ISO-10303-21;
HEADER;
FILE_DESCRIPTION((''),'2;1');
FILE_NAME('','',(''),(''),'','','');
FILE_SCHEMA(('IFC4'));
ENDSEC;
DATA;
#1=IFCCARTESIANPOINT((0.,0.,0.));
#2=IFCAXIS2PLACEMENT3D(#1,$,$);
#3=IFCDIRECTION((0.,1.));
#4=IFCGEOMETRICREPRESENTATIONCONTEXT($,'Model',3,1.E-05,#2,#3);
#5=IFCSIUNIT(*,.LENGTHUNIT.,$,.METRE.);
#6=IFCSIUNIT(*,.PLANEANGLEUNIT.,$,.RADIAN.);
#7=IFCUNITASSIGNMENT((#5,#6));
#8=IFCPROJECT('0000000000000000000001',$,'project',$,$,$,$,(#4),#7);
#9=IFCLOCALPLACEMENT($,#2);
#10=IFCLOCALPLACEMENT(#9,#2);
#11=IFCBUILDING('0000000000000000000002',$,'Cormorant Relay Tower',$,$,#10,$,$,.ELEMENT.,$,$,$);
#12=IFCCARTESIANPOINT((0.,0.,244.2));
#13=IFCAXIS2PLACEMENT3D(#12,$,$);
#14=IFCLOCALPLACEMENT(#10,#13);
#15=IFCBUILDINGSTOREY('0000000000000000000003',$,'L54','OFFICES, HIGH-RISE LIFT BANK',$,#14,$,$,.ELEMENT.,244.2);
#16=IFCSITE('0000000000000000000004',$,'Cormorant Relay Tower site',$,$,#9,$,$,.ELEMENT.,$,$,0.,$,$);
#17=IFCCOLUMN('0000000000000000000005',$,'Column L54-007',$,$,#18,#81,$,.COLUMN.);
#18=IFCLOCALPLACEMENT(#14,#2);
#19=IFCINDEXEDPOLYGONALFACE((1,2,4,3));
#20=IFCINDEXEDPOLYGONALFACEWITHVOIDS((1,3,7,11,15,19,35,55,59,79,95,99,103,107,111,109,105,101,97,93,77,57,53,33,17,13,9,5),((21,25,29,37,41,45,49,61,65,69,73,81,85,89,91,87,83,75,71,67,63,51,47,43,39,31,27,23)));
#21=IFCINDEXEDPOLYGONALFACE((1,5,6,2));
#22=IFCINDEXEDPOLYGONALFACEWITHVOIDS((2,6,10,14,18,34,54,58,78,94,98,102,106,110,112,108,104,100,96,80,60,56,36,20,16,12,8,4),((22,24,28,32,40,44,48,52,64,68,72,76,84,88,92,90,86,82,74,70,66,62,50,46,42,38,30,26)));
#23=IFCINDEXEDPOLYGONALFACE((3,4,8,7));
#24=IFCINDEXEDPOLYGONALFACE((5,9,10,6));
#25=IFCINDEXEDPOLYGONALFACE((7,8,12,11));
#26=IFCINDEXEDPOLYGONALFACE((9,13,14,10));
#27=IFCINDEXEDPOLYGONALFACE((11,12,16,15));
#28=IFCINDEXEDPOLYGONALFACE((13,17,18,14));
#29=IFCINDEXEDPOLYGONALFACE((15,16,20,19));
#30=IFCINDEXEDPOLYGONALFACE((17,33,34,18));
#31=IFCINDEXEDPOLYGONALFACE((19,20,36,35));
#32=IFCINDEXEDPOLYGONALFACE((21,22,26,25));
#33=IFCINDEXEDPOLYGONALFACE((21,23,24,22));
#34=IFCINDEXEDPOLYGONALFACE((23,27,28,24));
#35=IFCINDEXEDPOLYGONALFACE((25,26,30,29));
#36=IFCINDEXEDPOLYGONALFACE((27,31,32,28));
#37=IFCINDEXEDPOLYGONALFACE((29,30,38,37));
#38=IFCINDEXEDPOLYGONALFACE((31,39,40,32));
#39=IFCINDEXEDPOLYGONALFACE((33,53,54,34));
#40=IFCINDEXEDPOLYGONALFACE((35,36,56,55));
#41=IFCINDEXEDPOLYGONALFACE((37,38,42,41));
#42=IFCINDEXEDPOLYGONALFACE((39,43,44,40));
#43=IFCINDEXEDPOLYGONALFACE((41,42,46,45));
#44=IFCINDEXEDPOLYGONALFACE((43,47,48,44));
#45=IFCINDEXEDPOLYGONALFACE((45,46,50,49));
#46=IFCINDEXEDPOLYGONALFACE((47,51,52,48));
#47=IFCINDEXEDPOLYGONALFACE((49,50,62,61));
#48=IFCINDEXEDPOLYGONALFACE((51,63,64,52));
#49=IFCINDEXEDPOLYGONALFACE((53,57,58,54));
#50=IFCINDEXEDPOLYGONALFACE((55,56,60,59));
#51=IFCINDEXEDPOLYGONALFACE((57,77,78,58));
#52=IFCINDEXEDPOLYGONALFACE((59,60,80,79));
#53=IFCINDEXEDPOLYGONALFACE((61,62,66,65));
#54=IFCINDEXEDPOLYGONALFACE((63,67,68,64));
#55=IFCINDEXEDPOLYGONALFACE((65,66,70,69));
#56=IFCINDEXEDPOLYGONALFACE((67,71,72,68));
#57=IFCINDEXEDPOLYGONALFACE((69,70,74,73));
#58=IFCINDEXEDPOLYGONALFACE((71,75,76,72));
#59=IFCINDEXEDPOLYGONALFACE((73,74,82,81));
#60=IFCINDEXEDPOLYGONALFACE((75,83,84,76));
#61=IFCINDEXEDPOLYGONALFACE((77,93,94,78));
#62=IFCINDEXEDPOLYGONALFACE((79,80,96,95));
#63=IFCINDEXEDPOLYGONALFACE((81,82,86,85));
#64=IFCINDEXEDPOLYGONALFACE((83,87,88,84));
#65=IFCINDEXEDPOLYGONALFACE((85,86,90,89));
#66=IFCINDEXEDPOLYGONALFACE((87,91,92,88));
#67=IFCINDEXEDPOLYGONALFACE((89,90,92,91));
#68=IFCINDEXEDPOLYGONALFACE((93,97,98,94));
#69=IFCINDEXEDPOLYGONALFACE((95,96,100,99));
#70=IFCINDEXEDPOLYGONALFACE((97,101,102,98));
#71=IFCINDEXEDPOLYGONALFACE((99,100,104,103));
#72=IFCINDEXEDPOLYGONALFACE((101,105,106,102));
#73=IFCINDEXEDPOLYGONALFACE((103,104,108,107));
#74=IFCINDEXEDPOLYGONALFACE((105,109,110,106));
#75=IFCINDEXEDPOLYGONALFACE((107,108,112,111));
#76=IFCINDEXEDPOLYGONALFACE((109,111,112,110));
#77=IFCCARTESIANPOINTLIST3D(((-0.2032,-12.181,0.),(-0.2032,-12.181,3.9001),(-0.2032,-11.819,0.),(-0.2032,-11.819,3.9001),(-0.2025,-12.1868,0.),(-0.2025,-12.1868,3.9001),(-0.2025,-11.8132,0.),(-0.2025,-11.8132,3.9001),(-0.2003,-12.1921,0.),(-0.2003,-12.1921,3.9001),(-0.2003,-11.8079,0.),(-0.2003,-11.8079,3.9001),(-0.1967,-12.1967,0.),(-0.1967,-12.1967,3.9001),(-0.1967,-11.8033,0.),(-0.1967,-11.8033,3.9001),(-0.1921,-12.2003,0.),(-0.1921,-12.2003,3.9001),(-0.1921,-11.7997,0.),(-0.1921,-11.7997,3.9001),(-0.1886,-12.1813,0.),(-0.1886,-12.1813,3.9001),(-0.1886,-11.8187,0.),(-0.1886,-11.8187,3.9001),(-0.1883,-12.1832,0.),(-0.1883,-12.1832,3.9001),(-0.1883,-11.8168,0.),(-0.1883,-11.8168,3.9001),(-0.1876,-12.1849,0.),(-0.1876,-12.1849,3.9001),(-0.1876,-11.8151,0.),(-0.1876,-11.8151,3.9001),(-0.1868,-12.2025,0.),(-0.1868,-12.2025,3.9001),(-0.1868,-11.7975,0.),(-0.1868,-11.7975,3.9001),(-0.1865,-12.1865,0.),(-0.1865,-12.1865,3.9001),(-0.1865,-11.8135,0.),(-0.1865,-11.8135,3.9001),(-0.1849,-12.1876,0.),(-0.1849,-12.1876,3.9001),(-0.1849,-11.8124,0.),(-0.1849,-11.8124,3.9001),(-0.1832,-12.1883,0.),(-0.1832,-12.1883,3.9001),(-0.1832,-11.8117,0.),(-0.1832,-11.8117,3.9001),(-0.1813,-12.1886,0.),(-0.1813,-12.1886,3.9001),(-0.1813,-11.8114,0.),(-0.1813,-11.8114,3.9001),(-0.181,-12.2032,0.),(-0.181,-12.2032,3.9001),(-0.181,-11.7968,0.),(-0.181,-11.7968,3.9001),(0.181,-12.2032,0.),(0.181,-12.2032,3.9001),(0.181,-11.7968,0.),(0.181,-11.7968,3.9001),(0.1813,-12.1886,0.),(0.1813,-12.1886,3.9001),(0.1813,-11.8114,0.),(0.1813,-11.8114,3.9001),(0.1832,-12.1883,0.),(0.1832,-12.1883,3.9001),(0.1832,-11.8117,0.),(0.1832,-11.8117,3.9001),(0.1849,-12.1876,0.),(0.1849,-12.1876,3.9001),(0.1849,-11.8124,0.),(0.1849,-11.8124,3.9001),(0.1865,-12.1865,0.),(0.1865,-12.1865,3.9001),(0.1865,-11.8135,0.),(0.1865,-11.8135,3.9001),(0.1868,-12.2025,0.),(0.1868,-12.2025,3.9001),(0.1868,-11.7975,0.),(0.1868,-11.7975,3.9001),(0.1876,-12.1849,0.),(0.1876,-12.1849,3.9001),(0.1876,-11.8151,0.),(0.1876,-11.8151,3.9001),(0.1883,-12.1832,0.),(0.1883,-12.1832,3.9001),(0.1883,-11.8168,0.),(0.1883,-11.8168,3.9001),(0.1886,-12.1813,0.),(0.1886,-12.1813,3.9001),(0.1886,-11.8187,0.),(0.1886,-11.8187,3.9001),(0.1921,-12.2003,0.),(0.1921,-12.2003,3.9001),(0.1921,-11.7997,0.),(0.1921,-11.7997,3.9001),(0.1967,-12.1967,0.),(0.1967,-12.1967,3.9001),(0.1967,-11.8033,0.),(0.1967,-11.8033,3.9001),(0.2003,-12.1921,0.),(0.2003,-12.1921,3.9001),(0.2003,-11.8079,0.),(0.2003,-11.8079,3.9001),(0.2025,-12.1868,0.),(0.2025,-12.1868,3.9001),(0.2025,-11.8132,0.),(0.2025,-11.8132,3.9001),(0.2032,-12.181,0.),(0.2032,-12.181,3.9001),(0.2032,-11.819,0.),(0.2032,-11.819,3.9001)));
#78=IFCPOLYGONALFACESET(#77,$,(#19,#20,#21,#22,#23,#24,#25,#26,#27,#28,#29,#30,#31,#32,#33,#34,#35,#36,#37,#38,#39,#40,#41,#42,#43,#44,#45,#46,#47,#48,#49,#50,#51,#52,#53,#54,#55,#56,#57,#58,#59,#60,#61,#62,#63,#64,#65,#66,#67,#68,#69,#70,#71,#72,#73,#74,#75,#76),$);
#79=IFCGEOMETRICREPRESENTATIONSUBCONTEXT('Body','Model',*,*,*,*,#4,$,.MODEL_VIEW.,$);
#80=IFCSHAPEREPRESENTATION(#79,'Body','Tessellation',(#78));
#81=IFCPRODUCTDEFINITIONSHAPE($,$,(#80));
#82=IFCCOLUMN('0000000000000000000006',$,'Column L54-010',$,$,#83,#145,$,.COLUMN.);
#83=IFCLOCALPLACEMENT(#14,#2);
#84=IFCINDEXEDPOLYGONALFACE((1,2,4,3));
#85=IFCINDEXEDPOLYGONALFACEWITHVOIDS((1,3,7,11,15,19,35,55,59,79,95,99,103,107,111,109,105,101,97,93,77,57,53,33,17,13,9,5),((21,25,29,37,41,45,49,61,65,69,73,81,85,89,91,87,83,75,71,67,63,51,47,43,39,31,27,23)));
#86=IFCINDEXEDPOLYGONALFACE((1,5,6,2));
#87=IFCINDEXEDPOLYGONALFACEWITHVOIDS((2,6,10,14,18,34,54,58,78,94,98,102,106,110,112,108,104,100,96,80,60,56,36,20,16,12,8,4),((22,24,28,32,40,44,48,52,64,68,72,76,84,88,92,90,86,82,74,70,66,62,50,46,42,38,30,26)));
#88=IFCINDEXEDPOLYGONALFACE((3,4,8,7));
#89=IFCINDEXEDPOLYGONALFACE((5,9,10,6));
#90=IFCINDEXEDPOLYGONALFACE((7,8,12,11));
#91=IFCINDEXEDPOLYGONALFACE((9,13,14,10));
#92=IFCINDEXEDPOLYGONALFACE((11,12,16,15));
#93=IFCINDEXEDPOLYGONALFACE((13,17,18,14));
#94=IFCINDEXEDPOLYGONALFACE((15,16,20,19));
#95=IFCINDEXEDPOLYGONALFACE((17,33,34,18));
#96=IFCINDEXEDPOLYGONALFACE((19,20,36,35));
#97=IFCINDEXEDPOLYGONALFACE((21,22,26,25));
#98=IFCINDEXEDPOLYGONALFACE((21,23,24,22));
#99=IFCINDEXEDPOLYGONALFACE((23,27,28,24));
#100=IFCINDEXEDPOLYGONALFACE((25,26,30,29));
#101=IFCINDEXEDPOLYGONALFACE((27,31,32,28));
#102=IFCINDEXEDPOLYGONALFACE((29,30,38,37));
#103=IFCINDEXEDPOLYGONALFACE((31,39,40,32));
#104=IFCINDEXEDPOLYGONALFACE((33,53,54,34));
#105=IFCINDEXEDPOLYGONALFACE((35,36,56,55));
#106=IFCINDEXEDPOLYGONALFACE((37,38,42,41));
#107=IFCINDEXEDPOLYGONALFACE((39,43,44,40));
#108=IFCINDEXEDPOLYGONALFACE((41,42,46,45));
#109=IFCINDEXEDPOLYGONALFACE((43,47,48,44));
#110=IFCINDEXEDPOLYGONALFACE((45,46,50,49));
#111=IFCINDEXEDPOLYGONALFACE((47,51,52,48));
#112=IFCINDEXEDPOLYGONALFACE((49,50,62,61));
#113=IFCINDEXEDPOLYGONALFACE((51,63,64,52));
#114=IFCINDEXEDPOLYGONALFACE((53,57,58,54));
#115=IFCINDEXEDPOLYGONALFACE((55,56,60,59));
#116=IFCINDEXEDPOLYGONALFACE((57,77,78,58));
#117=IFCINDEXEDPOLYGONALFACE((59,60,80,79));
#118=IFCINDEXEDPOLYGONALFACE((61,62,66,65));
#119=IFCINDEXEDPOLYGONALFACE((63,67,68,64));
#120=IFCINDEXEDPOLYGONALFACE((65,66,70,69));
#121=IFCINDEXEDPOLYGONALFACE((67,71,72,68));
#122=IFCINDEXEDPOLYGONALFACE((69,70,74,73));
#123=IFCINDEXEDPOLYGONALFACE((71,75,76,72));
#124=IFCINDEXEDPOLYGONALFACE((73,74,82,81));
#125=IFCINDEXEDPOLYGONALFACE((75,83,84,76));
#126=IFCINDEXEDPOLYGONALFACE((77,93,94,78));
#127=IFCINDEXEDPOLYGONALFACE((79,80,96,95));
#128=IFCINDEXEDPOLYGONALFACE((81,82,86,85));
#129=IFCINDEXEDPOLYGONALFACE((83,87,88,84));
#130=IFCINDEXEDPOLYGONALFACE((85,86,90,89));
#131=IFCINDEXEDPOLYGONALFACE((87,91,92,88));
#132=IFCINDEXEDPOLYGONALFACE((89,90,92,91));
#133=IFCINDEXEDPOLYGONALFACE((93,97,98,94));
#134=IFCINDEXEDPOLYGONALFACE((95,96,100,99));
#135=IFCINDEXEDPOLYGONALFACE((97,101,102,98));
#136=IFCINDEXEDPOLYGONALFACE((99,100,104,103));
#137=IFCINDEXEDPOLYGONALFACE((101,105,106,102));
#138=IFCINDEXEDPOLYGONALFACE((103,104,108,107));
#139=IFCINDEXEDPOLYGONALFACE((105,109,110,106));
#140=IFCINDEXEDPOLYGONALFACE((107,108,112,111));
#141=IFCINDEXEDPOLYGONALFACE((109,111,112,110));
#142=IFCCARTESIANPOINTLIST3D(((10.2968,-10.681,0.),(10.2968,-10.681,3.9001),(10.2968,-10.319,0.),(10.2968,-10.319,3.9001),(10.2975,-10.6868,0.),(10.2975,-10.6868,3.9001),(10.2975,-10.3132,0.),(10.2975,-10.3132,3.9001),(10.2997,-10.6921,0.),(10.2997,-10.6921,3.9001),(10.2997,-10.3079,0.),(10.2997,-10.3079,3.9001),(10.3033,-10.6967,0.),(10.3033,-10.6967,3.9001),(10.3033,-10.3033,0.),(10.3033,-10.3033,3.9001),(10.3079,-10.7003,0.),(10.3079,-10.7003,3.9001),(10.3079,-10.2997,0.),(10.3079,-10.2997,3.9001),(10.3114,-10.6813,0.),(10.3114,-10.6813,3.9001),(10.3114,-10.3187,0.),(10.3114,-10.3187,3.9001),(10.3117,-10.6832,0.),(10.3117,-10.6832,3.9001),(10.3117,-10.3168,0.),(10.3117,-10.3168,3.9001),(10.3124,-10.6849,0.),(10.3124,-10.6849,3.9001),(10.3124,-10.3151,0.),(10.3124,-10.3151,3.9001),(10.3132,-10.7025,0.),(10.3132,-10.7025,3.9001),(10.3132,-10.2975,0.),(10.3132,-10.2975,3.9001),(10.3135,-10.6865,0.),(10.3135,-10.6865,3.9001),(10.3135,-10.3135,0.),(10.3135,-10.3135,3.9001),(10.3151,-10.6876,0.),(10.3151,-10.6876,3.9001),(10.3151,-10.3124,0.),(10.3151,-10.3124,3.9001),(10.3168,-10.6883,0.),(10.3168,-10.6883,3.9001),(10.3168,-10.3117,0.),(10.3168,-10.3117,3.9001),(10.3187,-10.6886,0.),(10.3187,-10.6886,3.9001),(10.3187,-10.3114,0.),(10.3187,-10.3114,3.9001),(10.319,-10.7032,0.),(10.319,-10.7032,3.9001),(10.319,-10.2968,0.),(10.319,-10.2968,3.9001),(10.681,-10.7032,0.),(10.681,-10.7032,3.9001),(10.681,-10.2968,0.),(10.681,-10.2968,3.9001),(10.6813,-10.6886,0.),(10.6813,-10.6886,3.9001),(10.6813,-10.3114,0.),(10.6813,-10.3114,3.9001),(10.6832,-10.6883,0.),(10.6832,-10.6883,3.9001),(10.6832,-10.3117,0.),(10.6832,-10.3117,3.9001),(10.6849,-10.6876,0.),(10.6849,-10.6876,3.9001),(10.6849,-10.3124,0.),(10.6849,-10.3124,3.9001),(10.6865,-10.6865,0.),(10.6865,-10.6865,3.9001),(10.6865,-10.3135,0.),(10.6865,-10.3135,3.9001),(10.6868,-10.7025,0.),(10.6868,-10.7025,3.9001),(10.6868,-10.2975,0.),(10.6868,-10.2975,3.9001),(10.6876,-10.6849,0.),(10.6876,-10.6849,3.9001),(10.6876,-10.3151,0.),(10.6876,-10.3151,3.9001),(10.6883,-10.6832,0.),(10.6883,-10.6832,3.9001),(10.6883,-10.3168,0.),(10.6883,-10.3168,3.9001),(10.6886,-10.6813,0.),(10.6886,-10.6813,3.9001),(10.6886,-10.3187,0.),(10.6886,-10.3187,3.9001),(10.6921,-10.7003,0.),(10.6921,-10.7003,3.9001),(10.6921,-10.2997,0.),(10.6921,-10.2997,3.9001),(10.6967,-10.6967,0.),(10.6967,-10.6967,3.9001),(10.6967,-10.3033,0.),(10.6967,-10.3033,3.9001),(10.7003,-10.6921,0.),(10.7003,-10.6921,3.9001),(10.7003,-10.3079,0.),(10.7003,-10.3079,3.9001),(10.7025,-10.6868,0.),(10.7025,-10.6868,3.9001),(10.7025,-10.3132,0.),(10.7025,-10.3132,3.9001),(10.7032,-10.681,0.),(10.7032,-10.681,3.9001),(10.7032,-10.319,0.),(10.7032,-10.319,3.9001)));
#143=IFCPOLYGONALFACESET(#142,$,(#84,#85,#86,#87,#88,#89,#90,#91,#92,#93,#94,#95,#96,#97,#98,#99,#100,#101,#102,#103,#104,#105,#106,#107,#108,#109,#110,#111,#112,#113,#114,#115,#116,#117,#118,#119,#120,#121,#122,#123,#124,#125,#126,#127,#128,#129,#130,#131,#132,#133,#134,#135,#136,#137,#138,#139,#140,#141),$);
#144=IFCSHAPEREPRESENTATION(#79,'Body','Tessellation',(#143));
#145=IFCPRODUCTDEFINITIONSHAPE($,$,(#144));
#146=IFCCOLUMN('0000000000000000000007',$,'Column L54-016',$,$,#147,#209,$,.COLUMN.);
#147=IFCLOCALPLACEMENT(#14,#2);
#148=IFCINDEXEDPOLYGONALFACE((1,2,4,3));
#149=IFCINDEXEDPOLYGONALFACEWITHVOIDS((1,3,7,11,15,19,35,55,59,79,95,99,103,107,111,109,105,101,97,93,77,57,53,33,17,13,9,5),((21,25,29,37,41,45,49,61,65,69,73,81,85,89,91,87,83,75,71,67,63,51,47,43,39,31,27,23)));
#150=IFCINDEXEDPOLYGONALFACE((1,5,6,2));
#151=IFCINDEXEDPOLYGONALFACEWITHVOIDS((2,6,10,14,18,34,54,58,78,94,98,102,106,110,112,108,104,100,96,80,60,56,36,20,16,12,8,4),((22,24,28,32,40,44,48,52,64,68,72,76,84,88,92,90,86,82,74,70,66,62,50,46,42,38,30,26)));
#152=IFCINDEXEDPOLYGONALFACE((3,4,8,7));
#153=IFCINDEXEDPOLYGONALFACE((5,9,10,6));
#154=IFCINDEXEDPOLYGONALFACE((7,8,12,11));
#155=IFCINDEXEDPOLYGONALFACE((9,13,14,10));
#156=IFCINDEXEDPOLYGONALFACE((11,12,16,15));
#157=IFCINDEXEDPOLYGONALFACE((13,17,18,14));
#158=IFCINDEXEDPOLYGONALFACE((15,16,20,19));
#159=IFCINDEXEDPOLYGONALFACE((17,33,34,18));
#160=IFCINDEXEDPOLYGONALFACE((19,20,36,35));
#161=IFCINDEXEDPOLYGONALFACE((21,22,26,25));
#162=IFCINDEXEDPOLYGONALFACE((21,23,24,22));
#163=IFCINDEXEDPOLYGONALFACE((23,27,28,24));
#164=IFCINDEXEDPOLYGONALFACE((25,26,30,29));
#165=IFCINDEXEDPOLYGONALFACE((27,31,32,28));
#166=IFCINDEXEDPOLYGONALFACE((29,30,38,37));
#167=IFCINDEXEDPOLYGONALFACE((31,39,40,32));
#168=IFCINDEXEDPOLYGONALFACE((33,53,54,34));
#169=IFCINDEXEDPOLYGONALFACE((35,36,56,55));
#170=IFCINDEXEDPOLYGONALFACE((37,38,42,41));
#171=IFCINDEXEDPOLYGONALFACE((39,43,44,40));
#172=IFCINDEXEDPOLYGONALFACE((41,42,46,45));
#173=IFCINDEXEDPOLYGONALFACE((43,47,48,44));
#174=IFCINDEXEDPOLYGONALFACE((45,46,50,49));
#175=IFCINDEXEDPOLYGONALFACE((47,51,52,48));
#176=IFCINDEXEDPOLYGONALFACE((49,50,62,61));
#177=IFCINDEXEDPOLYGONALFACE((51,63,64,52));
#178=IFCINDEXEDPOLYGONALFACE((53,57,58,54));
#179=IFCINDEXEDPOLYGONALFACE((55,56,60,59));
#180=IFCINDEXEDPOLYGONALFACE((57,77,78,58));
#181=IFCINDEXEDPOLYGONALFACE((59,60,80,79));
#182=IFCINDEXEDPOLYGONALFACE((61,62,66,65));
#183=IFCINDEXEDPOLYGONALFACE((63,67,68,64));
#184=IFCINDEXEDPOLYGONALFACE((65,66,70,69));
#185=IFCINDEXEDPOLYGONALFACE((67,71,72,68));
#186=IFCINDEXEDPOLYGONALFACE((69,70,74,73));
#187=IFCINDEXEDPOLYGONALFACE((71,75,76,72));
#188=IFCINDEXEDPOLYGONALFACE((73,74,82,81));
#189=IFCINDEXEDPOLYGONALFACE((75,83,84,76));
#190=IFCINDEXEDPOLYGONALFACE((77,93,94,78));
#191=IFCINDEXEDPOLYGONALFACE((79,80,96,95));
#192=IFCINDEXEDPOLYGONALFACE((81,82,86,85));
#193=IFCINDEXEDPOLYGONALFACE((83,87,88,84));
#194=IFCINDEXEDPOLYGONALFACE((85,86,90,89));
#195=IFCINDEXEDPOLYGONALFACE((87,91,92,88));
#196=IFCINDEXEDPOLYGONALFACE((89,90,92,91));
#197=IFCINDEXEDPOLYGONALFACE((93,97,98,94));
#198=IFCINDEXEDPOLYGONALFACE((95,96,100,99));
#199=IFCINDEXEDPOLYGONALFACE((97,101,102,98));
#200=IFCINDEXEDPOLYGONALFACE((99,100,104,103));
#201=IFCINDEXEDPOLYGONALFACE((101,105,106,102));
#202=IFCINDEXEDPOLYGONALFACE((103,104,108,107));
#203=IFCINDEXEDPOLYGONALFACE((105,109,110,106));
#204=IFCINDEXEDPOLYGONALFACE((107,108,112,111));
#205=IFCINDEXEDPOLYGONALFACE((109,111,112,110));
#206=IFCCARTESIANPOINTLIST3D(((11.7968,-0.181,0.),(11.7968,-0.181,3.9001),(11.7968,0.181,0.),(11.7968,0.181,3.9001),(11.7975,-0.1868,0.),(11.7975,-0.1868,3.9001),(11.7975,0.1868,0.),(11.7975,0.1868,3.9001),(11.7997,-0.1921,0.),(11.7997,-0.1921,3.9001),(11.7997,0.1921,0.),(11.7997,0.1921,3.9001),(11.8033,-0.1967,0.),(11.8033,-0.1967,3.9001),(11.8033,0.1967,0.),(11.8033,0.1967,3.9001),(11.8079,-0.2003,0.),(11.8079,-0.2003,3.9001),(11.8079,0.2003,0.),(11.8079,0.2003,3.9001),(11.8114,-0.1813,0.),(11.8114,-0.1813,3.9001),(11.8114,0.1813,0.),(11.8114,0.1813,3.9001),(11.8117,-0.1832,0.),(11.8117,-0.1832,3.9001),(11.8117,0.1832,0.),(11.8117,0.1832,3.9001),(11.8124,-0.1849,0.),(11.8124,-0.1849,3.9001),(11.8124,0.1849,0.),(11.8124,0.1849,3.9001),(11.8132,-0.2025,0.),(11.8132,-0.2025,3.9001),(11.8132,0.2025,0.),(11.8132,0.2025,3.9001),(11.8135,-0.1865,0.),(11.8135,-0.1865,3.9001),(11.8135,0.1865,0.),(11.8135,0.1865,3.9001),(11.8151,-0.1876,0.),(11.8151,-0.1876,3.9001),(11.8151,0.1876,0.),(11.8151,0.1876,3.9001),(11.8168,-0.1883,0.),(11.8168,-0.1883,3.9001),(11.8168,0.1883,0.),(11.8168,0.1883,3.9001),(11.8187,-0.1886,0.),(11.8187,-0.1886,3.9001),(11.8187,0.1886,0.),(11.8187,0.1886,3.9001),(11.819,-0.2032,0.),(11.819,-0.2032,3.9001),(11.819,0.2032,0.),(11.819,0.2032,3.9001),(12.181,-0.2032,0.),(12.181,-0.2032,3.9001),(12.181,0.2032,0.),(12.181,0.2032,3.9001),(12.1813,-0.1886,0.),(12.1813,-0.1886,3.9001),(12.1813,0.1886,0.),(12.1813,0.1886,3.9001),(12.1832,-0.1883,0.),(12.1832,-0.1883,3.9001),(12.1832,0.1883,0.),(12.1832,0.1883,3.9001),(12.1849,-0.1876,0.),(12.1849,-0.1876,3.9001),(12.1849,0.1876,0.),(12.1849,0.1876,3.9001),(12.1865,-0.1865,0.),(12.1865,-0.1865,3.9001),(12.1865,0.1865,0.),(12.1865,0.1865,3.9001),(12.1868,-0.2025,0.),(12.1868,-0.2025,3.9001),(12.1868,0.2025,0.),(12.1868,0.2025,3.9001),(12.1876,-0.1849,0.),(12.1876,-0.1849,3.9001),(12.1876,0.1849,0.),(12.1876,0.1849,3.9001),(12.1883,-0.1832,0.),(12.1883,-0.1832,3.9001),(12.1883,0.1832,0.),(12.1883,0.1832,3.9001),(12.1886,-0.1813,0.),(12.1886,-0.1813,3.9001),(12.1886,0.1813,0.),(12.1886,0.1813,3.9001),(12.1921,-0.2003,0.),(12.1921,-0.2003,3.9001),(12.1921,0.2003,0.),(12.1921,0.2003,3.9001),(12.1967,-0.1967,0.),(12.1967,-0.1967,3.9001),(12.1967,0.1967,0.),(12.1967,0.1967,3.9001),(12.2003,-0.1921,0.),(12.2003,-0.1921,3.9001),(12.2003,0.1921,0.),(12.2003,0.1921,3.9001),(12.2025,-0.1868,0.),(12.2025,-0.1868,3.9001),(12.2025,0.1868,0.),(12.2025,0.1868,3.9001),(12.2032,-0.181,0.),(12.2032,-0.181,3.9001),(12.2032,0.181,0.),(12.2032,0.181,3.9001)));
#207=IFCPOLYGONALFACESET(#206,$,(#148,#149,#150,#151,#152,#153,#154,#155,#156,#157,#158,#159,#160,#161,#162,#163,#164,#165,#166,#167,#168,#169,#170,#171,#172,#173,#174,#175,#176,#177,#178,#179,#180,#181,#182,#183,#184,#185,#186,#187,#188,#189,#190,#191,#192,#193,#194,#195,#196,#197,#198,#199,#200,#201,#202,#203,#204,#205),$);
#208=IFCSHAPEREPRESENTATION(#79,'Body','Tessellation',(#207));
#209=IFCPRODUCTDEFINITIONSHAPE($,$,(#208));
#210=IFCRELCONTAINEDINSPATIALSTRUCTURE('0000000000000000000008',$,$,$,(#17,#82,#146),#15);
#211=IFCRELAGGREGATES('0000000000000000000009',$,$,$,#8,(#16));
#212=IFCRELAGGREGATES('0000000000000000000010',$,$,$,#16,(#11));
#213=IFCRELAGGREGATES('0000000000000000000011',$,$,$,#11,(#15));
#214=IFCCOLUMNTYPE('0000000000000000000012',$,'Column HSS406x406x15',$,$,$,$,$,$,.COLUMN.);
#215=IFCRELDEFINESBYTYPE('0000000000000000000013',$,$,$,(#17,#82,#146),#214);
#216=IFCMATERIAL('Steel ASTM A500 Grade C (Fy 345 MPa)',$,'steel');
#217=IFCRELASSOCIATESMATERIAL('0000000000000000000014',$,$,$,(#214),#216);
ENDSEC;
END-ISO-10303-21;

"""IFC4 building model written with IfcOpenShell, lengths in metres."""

from ifc_helpers import new_model, si_unit, direction, frame, origin, origin_2d, place, context, subcontext, project, spatial, hollow_rectangle, extrude, material, material_profile, profile_set, type_object, element, save


model = new_model("IFC4")

# Units and contexts
model_context = context("Model", 3, precision=1e-05, world=origin(), true_north=direction((0.0, 1.0)))
body_context = subcontext(model_context, "Body", "Model", "MODEL_VIEW")
ifc_project = project(units=[si_unit("LENGTHUNIT", "METRE"), si_unit("PLANEANGLEUNIT", "RADIAN")], contexts=[model_context])

# Site, building, storey
site_placement = place(None, origin())
site = spatial("IfcSite", under=ifc_project, at=site_placement, Name="Cormorant Relay Tower site", CompositionType="ELEMENT", RefElevation=0.0)
building_placement = place(site_placement, origin())
building = spatial("IfcBuilding", under=site, at=building_placement, Name="Cormorant Relay Tower", CompositionType="ELEMENT")
storey_placement = place(building_placement, frame((0.0, 0.0, 244.2)))
storey = spatial("IfcBuildingStorey", under=building, at=storey_placement, Name="L54", Description="OFFICES, HIGH-RISE LIFT BANK", CompositionType="ELEMENT", Elevation=244.2)

# Columns
ifc_material_1 = material(Name="Steel ASTM A500 Grade C (Fy 345 MPa)", Category="steel")
ifc_material_profile_1 = material_profile(ifc_material_1, hollow_rectangle(XDim=0.4065, YDim=0.4065, WallThickness=0.0146, InnerFilletRadius=0.0073, OuterFilletRadius=0.0222, at=origin_2d()), Name="HSS406x406x15")
ifc_profile_set_1 = profile_set([ifc_material_profile_1], Name="Steel ASTM A500 Grade C (Fy 345 MPa)")
column_type = type_object("IfcColumnType", Name="Column HSS406x406x15", PredefinedType="COLUMN", material=ifc_profile_set_1)
for number, where, z_axis, x_axis, name in (
    (1, (0.0, -12.0, 0.0), (0.0, 0.0, 1.0), (1.0, 0.0, 0.0), "Column L54-007"),
    (2, (10.5, -10.5, 0.0), (0.0, 0.0, 1.0), (1.0, 0.0, 0.0), "Column L54-010"),
    (3, (12.0, 0.0, 0.0), (0.0, 0.0, 1.0), (1.0, 0.0, 0.0), "Column L54-016"),
):
    element("IfcColumn", number, at=place(storey_placement, frame(where, z_axis=z_axis, x_axis=x_axis)), inside=storey, type_object=column_type, Name=name, PredefinedType="COLUMN", context=body_context, shape_type="SweptSolid", body=[
        extrude(hollow_rectangle(XDim=0.4065, YDim=0.4065, WallThickness=0.0146, InnerFilletRadius=0.0073, OuterFilletRadius=0.0222, at=origin_2d()), origin(), (0.0, 0.0, 1.0), 3.9001),
    ])

save(model, "model.ifc")
